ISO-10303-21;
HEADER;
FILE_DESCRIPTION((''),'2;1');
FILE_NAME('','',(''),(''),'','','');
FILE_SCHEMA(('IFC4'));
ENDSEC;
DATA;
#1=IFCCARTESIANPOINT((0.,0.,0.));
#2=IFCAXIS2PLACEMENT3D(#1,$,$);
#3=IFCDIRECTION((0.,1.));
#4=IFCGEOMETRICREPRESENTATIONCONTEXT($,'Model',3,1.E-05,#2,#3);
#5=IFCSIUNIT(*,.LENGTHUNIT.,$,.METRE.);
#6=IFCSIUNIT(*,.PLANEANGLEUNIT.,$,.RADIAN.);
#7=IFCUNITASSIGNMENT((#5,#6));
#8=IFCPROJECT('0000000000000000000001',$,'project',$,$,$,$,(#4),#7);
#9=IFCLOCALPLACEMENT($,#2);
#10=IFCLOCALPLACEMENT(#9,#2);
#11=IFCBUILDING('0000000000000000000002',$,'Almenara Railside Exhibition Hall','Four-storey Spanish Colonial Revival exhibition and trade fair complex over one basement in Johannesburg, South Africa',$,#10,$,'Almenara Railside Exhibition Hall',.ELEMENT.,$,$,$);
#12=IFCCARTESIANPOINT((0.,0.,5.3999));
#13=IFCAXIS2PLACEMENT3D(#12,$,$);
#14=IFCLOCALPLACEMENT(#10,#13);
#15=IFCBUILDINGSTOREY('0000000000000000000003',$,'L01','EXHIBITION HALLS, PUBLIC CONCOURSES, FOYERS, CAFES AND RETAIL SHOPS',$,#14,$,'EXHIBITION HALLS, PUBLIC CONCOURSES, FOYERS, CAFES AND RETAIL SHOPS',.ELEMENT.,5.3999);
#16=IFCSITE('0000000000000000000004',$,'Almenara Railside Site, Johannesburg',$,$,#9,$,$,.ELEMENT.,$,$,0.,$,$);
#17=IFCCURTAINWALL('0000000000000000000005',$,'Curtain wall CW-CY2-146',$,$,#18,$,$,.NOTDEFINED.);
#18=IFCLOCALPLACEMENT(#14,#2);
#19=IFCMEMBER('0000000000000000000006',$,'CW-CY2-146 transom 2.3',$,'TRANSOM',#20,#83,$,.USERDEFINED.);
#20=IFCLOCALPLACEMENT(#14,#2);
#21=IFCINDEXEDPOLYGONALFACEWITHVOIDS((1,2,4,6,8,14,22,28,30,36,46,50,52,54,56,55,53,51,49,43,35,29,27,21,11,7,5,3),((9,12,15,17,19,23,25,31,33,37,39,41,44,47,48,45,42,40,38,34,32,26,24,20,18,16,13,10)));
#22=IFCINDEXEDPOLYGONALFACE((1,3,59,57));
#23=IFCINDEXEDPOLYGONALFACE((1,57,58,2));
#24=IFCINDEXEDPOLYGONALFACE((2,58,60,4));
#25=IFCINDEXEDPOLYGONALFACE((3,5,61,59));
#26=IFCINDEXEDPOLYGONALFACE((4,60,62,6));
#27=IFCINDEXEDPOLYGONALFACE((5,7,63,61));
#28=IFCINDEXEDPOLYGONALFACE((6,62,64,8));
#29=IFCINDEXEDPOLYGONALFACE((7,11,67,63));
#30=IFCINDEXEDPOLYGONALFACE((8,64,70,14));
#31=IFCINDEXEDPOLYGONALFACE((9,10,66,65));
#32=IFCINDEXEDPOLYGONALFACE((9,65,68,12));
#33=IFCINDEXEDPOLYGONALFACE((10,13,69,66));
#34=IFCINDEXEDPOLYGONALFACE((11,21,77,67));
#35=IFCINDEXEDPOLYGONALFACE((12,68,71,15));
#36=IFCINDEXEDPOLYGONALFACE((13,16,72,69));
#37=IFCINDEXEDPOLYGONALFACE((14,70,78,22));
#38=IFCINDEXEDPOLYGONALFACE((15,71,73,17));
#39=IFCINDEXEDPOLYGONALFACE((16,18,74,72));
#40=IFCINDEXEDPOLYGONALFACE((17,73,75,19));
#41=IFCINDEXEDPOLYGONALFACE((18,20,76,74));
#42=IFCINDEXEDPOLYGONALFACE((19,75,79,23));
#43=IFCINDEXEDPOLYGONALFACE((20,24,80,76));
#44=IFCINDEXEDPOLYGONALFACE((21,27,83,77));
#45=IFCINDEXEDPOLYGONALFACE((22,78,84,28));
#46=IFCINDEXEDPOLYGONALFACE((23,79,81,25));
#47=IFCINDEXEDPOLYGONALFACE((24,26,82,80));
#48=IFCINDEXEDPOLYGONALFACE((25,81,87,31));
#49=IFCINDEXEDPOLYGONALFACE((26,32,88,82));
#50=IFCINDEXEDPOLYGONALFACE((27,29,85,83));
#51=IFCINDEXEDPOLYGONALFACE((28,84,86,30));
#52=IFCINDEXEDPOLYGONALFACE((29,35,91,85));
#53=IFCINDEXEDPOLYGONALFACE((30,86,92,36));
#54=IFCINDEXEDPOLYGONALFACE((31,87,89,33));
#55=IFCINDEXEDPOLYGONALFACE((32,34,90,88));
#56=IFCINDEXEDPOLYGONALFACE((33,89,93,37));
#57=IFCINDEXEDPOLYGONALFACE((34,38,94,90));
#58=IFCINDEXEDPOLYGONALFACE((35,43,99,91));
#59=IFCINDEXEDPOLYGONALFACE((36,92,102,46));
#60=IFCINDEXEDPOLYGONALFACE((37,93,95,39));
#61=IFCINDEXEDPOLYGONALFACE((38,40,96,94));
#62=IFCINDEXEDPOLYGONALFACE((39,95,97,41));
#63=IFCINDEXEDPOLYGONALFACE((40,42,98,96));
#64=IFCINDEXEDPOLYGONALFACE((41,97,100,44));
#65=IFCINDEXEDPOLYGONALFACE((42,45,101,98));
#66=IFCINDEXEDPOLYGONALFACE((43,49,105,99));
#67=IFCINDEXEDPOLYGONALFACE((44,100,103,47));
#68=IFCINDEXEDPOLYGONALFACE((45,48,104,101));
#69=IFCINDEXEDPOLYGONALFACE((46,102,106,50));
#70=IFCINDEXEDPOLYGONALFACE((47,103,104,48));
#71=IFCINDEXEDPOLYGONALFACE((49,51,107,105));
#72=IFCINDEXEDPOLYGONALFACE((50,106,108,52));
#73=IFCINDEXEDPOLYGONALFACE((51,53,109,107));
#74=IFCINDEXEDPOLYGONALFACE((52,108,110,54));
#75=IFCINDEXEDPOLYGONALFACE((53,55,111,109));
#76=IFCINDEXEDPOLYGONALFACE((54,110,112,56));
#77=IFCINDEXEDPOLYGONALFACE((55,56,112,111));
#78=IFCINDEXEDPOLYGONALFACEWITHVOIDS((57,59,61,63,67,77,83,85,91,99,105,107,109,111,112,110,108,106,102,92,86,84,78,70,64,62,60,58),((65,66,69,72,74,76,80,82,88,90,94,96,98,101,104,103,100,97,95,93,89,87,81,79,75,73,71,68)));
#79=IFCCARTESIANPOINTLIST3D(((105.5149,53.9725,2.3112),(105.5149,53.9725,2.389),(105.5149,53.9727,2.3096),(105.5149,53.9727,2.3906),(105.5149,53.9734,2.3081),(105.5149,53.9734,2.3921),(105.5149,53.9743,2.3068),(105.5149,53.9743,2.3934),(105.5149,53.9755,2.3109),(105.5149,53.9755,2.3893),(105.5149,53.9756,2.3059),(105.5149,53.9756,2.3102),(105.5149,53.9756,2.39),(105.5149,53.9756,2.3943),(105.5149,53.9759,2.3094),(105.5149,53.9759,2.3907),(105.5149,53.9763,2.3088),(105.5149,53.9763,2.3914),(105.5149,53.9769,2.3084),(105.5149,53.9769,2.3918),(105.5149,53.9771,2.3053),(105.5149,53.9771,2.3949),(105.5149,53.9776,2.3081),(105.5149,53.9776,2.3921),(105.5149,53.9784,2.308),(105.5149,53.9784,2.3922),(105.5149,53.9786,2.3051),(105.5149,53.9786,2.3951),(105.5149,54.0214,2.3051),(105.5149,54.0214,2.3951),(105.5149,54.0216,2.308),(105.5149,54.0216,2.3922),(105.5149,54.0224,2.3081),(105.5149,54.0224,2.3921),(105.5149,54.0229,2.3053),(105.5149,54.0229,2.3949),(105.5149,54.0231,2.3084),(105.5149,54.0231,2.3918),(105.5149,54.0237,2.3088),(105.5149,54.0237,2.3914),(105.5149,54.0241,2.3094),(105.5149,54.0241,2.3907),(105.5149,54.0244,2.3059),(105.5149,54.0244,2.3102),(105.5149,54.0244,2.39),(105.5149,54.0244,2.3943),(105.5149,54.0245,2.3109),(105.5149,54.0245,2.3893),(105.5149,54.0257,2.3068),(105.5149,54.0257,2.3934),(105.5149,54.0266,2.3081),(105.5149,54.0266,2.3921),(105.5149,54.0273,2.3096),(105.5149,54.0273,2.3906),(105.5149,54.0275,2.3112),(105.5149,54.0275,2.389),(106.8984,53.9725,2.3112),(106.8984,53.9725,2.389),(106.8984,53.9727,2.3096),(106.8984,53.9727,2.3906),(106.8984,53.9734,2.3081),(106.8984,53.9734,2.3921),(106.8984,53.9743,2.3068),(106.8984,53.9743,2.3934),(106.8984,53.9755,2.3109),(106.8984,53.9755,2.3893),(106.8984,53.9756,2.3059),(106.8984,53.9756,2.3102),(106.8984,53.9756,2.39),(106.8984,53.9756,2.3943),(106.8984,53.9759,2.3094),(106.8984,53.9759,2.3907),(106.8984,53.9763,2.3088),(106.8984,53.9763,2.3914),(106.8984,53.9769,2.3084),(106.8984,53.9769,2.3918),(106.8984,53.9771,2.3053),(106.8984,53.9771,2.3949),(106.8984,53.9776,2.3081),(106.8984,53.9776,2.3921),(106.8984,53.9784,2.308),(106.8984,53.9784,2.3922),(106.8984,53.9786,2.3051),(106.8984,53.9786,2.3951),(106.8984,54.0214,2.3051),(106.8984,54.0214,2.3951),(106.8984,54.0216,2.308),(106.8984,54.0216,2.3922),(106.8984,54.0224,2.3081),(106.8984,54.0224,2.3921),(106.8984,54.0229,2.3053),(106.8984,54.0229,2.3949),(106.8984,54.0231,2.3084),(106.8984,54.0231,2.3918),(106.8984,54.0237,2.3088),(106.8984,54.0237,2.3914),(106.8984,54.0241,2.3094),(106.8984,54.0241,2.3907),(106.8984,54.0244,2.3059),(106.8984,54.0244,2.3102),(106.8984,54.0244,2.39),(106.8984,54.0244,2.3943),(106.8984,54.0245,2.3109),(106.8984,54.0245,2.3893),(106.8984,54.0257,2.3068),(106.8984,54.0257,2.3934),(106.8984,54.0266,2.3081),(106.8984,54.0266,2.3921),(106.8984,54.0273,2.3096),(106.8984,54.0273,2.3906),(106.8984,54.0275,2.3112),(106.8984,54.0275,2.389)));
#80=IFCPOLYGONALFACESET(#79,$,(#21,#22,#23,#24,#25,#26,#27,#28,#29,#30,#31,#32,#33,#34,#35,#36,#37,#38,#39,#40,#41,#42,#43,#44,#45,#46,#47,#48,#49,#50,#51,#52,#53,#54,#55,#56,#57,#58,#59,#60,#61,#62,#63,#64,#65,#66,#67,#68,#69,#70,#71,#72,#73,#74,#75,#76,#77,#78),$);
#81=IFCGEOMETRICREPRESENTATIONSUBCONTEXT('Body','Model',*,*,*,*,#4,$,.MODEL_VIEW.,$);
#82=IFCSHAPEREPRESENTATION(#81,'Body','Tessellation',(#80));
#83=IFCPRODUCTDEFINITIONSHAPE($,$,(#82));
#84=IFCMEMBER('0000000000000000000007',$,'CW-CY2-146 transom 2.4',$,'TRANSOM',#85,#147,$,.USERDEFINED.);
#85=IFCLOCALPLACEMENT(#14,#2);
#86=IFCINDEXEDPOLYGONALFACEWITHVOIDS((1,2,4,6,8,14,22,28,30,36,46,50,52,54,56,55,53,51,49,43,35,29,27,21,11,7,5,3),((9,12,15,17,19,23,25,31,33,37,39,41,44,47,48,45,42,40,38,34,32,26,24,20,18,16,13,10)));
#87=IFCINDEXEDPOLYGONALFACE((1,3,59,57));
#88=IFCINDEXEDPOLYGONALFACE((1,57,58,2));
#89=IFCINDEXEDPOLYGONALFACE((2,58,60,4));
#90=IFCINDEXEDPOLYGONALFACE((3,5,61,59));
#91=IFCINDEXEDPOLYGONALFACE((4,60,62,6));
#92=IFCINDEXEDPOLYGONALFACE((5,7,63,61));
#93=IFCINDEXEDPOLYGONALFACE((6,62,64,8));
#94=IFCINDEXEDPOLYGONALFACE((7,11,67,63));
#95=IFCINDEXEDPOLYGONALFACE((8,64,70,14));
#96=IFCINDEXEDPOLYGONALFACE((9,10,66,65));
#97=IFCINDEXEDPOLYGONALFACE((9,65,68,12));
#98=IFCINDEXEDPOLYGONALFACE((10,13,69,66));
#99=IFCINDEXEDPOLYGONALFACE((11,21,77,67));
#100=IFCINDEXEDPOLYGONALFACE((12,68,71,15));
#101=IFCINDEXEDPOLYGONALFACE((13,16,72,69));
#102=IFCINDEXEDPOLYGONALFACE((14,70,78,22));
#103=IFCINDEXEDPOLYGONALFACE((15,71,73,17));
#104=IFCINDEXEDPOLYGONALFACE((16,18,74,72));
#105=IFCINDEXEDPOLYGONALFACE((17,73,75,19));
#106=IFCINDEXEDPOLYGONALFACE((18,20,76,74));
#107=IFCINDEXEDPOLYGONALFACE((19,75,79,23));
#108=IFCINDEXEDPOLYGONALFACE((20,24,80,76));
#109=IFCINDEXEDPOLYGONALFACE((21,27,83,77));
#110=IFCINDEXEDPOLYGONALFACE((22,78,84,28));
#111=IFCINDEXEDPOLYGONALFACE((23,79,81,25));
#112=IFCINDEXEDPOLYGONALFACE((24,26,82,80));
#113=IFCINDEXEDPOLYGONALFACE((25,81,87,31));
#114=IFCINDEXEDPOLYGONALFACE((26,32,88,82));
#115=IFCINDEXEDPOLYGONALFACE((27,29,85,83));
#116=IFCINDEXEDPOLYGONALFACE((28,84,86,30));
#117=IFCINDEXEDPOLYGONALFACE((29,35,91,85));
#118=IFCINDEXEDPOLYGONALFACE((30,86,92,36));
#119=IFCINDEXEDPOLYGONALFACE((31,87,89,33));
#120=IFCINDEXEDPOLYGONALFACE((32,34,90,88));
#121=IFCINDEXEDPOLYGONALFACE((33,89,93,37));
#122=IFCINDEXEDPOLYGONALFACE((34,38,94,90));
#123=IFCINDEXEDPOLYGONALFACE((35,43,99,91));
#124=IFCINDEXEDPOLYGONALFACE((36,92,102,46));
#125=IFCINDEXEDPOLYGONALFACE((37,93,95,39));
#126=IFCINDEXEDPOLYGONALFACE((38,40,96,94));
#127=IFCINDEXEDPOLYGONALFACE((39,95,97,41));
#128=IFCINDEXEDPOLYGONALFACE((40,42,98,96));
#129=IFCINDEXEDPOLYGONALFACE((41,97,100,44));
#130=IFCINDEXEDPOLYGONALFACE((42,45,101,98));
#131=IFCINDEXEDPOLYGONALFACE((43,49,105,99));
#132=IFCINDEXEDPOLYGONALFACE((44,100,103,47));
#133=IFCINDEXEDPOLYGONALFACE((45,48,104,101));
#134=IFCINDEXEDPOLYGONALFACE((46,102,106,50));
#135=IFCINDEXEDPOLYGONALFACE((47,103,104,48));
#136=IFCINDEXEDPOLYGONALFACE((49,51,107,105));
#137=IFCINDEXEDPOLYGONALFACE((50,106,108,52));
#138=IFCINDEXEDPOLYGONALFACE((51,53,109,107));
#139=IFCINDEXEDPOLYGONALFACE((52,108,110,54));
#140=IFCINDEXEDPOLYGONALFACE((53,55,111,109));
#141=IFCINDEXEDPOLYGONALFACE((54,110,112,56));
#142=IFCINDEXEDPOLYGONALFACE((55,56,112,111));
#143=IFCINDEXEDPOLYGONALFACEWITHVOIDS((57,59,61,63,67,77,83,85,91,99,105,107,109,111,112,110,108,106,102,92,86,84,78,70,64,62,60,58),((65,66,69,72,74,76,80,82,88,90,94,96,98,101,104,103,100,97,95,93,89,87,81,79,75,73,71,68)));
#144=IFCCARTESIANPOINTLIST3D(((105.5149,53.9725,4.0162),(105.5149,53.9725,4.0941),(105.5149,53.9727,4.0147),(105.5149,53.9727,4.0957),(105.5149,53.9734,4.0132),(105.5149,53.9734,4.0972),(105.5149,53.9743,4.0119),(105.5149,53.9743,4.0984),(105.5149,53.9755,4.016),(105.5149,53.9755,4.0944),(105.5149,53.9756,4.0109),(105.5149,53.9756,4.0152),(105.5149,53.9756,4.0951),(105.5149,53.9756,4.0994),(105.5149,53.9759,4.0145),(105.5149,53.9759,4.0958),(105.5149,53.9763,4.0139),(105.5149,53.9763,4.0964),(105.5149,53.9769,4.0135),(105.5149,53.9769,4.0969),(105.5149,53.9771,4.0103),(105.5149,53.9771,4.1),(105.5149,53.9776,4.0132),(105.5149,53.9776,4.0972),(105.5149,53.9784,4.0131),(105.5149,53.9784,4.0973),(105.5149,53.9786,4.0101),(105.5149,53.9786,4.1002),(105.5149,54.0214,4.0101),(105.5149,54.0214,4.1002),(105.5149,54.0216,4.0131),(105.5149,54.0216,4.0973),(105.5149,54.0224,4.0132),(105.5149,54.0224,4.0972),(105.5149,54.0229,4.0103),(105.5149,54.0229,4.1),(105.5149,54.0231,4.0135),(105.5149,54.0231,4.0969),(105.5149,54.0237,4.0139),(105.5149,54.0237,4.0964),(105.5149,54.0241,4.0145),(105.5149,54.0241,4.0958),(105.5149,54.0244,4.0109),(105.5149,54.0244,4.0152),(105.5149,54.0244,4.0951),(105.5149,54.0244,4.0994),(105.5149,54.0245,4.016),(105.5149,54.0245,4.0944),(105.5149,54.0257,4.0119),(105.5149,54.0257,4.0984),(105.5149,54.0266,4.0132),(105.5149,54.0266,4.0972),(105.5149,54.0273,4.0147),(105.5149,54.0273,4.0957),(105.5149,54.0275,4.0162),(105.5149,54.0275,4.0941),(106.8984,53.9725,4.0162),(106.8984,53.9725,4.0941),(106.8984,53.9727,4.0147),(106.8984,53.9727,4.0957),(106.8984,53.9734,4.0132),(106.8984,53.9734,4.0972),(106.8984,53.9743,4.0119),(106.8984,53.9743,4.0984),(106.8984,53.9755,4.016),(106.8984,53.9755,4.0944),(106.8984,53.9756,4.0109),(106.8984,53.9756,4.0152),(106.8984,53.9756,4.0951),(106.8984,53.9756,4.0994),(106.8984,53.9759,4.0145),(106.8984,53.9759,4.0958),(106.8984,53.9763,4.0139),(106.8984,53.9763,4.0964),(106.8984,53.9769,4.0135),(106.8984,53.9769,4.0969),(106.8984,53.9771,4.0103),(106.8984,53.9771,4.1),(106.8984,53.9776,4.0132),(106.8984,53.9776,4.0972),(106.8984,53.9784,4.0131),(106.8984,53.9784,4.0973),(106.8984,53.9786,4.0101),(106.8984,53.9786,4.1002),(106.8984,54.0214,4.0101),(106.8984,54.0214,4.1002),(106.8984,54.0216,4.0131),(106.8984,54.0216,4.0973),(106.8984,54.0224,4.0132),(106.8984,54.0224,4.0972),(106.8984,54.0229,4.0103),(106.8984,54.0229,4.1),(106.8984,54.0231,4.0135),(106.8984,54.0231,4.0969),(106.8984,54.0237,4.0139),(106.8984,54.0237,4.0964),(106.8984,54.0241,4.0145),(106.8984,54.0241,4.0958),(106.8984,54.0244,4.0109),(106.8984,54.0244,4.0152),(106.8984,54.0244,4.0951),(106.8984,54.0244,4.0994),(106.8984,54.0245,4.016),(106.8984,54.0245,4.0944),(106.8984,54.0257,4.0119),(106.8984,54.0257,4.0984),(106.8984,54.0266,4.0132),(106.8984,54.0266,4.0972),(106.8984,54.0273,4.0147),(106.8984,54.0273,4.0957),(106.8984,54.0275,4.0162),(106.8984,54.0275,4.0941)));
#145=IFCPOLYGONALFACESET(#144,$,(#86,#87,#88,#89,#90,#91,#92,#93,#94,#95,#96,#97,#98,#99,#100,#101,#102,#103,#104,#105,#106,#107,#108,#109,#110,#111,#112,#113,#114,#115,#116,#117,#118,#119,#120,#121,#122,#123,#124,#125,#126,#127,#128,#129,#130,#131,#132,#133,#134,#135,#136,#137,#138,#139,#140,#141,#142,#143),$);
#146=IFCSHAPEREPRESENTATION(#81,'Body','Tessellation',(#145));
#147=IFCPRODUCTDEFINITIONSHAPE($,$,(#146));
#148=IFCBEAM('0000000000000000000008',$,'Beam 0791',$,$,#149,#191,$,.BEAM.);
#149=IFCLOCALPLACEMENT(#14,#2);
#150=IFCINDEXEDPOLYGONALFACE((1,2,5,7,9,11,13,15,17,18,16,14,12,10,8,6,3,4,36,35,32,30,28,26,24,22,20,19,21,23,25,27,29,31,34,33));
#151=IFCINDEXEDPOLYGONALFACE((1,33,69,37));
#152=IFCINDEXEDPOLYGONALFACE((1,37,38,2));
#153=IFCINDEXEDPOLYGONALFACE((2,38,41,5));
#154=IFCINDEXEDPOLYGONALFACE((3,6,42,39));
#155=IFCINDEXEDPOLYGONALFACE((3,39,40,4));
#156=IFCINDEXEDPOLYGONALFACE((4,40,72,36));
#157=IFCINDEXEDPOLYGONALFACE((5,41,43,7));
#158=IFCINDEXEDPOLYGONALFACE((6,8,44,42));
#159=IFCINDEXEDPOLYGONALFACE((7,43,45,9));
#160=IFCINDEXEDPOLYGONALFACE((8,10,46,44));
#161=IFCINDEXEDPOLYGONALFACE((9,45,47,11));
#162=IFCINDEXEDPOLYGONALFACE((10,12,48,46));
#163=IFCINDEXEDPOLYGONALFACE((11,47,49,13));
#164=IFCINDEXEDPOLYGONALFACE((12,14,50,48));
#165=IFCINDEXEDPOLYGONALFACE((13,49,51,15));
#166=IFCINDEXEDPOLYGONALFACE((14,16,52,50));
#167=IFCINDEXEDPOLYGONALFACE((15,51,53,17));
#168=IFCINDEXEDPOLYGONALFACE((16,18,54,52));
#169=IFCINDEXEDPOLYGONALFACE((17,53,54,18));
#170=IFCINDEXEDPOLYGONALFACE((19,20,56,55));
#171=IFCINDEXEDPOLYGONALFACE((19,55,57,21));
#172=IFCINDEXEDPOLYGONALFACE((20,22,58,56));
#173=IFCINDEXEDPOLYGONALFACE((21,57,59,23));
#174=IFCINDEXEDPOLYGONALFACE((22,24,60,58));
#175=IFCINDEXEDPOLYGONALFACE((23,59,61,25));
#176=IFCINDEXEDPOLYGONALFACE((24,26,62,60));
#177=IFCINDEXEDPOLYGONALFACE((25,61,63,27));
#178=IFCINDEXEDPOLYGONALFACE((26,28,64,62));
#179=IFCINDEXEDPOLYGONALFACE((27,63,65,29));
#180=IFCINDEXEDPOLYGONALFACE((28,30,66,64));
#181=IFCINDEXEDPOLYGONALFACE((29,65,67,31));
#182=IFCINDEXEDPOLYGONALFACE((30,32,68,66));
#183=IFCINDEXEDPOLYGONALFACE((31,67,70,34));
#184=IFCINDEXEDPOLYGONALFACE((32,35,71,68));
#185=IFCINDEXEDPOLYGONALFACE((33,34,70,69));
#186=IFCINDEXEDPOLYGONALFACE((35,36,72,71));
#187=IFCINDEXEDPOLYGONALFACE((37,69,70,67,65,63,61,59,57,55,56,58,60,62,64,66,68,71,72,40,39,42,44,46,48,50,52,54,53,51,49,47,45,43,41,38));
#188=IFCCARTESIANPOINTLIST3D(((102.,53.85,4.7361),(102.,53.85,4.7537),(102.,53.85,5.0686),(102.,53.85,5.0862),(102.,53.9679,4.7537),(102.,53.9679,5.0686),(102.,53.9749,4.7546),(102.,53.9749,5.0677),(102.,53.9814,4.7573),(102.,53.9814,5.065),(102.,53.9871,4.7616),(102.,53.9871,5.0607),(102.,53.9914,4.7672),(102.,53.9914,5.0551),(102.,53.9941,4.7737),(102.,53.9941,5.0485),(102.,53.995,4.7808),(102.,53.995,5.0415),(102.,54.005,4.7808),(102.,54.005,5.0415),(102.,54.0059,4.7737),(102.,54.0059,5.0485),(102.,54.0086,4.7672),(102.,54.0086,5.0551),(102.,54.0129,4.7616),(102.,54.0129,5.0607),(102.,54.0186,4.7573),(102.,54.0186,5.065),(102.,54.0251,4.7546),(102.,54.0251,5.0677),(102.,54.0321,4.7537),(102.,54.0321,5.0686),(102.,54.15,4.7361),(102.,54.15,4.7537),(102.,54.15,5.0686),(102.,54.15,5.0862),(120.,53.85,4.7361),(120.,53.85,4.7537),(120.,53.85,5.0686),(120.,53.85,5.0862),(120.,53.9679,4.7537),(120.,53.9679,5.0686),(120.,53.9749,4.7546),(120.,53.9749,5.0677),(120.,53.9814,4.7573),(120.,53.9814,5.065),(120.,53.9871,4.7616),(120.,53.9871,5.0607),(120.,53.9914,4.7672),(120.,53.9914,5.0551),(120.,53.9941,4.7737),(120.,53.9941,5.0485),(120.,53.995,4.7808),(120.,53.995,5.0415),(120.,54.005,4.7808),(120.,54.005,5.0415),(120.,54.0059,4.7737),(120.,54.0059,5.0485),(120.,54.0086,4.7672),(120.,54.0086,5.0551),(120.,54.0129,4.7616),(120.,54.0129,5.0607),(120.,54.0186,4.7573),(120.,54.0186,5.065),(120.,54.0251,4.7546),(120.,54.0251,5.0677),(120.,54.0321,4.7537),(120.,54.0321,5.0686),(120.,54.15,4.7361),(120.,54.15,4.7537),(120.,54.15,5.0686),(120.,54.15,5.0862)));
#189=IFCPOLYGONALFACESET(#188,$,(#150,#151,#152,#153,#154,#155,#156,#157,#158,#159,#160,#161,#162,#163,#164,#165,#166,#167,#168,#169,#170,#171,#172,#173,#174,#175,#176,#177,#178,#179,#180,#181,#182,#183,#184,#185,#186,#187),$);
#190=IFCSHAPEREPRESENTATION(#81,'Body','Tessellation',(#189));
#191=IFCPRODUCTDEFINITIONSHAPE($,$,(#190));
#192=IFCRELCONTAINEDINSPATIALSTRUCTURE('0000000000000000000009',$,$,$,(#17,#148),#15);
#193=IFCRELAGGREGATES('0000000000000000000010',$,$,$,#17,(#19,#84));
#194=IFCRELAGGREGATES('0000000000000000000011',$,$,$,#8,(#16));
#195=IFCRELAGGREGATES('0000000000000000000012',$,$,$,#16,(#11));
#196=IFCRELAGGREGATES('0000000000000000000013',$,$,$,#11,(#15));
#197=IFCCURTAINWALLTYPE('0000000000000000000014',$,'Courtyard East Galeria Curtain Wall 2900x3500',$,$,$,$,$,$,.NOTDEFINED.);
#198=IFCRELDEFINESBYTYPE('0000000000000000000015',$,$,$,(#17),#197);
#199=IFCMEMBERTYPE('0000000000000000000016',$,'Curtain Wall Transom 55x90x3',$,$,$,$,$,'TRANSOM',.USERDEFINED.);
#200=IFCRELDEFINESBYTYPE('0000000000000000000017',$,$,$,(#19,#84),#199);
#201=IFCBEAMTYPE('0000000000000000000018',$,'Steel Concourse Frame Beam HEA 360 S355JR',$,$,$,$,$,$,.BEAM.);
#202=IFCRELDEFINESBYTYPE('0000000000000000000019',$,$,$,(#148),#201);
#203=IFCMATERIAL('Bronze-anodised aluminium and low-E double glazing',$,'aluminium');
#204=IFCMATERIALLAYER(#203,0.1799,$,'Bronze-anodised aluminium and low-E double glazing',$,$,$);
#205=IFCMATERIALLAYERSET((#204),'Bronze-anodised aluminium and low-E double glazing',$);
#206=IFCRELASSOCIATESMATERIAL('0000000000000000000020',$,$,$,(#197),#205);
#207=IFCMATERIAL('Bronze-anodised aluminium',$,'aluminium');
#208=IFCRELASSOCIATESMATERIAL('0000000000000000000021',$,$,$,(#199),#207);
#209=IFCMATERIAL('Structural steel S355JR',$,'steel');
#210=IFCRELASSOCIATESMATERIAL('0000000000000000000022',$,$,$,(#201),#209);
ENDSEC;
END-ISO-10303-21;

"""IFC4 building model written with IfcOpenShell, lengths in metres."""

from ifc_helpers import new_model, si_unit, direction, frame, origin, origin_2d, place, context, subcontext, project, spatial, hollow_rectangle, i_section, extrude, material, layer, layer_set, material_profile, profile_set, type_object, element, aggregate, save


model = new_model("IFC4")

# Units and contexts
model_context = context("Model", 3, precision=1e-05, world=origin(), true_north=direction((0.0, 1.0)))
body_context = subcontext(model_context, "Body", "Model", "MODEL_VIEW")
ifc_project = project(units=[si_unit("LENGTHUNIT", "METRE"), si_unit("PLANEANGLEUNIT", "RADIAN")], contexts=[model_context])

# Site, building, storey
site_placement = place(None, origin())
site = spatial("IfcSite", under=ifc_project, at=site_placement, Name="Almenara Railside Site, Johannesburg", CompositionType="ELEMENT", RefElevation=0.0)
building_placement = place(site_placement, origin())
building = spatial("IfcBuilding", under=site, at=building_placement, Name="Almenara Railside Exhibition Hall", Description="Four-storey Spanish Colonial Revival exhibition and trade fair complex over one basement in Johannesburg, South Africa", LongName="Almenara Railside Exhibition Hall", CompositionType="ELEMENT")
storey_placement = place(building_placement, frame((0.0, 0.0, 5.3999)))
storey = spatial("IfcBuildingStorey", under=building, at=storey_placement, Name="L01", Description="EXHIBITION HALLS, PUBLIC CONCOURSES, FOYERS, CAFES AND RETAIL SHOPS", LongName="EXHIBITION HALLS, PUBLIC CONCOURSES, FOYERS, CAFES AND RETAIL SHOPS", CompositionType="ELEMENT", Elevation=5.3999)

# Curtain wall
ifc_material_1 = material(Name="Bronze-anodised aluminium and low-E double glazing", Category="aluminium")
ifc_layer_1 = layer(ifc_material_1, 0.1799, Name="Bronze-anodised aluminium and low-E double glazing")
ifc_layer_set_1 = layer_set([ifc_layer_1], Name="Bronze-anodised aluminium and low-E double glazing")
curtain_wall_type = type_object("IfcCurtainWallType", Name="Courtyard East Galeria Curtain Wall 2900x3500", PredefinedType="NOTDEFINED", material=ifc_layer_set_1)
curtain_wall_1_placement = place(storey_placement, origin())
curtain_wall_1 = element("IfcCurtainWall", 1, at=curtain_wall_1_placement, inside=storey, type_object=curtain_wall_type, Name="Curtain wall CW-CY2-146", PredefinedType="NOTDEFINED")
ifc_material_2 = material(Name="Bronze-anodised aluminium", Category="aluminium")

# Members
ifc_material_profile_1 = material_profile(ifc_material_2, hollow_rectangle(XDim=0.0549, YDim=0.0901, WallThickness=0.0029, InnerFilletRadius=0.0029, OuterFilletRadius=0.0061, at=origin_2d()), Name="ALU-TRN 55x90x3")
ifc_profile_set_1 = profile_set([ifc_material_profile_1], Name="Bronze-anodised aluminium")
member_type_1 = type_object("IfcMemberType", Name="Curtain Wall Transom 55x90x3", ElementType="TRANSOM", PredefinedType="USERDEFINED", material=ifc_profile_set_1)
member_1_placement = place(storey_placement, frame((105.5149, 54.0, 2.3501), z_axis=(1.0, 0.0, 0.0), x_axis=(0.0, 1.0, 0.0)))
member_1 = element("IfcMember", 2, at=member_1_placement, type_object=member_type_1, Name="CW-CY2-146 transom 2.3", ObjectType="TRANSOM", PredefinedType="USERDEFINED", context=body_context, shape_type="SweptSolid", body=[
    extrude(hollow_rectangle(XDim=0.0549, YDim=0.0901, WallThickness=0.0029, InnerFilletRadius=0.0029, OuterFilletRadius=0.0061, at=origin_2d()), origin(), (0.0, 0.0, 1.0), 1.3835),
])
member_2_placement = place(storey_placement, frame((105.5149, 54.0, 4.0552), z_axis=(1.0, 0.0, 0.0), x_axis=(0.0, 1.0, 0.0)))
member_2 = element("IfcMember", 3, at=member_2_placement, type_object=member_type_1, Name="CW-CY2-146 transom 2.4", ObjectType="TRANSOM", PredefinedType="USERDEFINED", context=body_context, shape_type="SweptSolid", body=[
    extrude(hollow_rectangle(XDim=0.0549, YDim=0.0901, WallThickness=0.0029, InnerFilletRadius=0.0029, OuterFilletRadius=0.0061, at=origin_2d()), origin(), (0.0, 0.0, 1.0), 1.3835),
])

# Beam
ifc_material_3 = material(Name="Structural steel S355JR", Category="steel")
ifc_material_profile_2 = material_profile(ifc_material_3, i_section(OverallWidth=0.3, OverallDepth=0.3501, WebThickness=0.01, FlangeThickness=0.0176, FilletRadius=0.0271, at=origin_2d()), Name="HEA 360")
ifc_profile_set_2 = profile_set([ifc_material_profile_2], Name="Structural steel S355JR")
beam_type = type_object("IfcBeamType", Name="Steel Concourse Frame Beam HEA 360 S355JR", PredefinedType="BEAM", material=ifc_profile_set_2)
beam_placement = place(storey_placement, frame((102.0, 54.0, 4.9111), z_axis=(1.0, 0.0, 0.0), x_axis=(0.0, 1.0, 0.0)))
element("IfcBeam", 4, at=beam_placement, inside=storey, type_object=beam_type, Name="Beam 0791", PredefinedType="BEAM", context=body_context, shape_type="SweptSolid", body=[
    extrude(i_section(OverallWidth=0.3, OverallDepth=0.3501, WebThickness=0.01, FlangeThickness=0.0176, FilletRadius=0.0271, at=origin_2d()), origin(), (0.0, 0.0, 1.0), 18.0),
])

aggregate(curtain_wall_1, [member_1, member_2])

save(model, "model.ifc")
